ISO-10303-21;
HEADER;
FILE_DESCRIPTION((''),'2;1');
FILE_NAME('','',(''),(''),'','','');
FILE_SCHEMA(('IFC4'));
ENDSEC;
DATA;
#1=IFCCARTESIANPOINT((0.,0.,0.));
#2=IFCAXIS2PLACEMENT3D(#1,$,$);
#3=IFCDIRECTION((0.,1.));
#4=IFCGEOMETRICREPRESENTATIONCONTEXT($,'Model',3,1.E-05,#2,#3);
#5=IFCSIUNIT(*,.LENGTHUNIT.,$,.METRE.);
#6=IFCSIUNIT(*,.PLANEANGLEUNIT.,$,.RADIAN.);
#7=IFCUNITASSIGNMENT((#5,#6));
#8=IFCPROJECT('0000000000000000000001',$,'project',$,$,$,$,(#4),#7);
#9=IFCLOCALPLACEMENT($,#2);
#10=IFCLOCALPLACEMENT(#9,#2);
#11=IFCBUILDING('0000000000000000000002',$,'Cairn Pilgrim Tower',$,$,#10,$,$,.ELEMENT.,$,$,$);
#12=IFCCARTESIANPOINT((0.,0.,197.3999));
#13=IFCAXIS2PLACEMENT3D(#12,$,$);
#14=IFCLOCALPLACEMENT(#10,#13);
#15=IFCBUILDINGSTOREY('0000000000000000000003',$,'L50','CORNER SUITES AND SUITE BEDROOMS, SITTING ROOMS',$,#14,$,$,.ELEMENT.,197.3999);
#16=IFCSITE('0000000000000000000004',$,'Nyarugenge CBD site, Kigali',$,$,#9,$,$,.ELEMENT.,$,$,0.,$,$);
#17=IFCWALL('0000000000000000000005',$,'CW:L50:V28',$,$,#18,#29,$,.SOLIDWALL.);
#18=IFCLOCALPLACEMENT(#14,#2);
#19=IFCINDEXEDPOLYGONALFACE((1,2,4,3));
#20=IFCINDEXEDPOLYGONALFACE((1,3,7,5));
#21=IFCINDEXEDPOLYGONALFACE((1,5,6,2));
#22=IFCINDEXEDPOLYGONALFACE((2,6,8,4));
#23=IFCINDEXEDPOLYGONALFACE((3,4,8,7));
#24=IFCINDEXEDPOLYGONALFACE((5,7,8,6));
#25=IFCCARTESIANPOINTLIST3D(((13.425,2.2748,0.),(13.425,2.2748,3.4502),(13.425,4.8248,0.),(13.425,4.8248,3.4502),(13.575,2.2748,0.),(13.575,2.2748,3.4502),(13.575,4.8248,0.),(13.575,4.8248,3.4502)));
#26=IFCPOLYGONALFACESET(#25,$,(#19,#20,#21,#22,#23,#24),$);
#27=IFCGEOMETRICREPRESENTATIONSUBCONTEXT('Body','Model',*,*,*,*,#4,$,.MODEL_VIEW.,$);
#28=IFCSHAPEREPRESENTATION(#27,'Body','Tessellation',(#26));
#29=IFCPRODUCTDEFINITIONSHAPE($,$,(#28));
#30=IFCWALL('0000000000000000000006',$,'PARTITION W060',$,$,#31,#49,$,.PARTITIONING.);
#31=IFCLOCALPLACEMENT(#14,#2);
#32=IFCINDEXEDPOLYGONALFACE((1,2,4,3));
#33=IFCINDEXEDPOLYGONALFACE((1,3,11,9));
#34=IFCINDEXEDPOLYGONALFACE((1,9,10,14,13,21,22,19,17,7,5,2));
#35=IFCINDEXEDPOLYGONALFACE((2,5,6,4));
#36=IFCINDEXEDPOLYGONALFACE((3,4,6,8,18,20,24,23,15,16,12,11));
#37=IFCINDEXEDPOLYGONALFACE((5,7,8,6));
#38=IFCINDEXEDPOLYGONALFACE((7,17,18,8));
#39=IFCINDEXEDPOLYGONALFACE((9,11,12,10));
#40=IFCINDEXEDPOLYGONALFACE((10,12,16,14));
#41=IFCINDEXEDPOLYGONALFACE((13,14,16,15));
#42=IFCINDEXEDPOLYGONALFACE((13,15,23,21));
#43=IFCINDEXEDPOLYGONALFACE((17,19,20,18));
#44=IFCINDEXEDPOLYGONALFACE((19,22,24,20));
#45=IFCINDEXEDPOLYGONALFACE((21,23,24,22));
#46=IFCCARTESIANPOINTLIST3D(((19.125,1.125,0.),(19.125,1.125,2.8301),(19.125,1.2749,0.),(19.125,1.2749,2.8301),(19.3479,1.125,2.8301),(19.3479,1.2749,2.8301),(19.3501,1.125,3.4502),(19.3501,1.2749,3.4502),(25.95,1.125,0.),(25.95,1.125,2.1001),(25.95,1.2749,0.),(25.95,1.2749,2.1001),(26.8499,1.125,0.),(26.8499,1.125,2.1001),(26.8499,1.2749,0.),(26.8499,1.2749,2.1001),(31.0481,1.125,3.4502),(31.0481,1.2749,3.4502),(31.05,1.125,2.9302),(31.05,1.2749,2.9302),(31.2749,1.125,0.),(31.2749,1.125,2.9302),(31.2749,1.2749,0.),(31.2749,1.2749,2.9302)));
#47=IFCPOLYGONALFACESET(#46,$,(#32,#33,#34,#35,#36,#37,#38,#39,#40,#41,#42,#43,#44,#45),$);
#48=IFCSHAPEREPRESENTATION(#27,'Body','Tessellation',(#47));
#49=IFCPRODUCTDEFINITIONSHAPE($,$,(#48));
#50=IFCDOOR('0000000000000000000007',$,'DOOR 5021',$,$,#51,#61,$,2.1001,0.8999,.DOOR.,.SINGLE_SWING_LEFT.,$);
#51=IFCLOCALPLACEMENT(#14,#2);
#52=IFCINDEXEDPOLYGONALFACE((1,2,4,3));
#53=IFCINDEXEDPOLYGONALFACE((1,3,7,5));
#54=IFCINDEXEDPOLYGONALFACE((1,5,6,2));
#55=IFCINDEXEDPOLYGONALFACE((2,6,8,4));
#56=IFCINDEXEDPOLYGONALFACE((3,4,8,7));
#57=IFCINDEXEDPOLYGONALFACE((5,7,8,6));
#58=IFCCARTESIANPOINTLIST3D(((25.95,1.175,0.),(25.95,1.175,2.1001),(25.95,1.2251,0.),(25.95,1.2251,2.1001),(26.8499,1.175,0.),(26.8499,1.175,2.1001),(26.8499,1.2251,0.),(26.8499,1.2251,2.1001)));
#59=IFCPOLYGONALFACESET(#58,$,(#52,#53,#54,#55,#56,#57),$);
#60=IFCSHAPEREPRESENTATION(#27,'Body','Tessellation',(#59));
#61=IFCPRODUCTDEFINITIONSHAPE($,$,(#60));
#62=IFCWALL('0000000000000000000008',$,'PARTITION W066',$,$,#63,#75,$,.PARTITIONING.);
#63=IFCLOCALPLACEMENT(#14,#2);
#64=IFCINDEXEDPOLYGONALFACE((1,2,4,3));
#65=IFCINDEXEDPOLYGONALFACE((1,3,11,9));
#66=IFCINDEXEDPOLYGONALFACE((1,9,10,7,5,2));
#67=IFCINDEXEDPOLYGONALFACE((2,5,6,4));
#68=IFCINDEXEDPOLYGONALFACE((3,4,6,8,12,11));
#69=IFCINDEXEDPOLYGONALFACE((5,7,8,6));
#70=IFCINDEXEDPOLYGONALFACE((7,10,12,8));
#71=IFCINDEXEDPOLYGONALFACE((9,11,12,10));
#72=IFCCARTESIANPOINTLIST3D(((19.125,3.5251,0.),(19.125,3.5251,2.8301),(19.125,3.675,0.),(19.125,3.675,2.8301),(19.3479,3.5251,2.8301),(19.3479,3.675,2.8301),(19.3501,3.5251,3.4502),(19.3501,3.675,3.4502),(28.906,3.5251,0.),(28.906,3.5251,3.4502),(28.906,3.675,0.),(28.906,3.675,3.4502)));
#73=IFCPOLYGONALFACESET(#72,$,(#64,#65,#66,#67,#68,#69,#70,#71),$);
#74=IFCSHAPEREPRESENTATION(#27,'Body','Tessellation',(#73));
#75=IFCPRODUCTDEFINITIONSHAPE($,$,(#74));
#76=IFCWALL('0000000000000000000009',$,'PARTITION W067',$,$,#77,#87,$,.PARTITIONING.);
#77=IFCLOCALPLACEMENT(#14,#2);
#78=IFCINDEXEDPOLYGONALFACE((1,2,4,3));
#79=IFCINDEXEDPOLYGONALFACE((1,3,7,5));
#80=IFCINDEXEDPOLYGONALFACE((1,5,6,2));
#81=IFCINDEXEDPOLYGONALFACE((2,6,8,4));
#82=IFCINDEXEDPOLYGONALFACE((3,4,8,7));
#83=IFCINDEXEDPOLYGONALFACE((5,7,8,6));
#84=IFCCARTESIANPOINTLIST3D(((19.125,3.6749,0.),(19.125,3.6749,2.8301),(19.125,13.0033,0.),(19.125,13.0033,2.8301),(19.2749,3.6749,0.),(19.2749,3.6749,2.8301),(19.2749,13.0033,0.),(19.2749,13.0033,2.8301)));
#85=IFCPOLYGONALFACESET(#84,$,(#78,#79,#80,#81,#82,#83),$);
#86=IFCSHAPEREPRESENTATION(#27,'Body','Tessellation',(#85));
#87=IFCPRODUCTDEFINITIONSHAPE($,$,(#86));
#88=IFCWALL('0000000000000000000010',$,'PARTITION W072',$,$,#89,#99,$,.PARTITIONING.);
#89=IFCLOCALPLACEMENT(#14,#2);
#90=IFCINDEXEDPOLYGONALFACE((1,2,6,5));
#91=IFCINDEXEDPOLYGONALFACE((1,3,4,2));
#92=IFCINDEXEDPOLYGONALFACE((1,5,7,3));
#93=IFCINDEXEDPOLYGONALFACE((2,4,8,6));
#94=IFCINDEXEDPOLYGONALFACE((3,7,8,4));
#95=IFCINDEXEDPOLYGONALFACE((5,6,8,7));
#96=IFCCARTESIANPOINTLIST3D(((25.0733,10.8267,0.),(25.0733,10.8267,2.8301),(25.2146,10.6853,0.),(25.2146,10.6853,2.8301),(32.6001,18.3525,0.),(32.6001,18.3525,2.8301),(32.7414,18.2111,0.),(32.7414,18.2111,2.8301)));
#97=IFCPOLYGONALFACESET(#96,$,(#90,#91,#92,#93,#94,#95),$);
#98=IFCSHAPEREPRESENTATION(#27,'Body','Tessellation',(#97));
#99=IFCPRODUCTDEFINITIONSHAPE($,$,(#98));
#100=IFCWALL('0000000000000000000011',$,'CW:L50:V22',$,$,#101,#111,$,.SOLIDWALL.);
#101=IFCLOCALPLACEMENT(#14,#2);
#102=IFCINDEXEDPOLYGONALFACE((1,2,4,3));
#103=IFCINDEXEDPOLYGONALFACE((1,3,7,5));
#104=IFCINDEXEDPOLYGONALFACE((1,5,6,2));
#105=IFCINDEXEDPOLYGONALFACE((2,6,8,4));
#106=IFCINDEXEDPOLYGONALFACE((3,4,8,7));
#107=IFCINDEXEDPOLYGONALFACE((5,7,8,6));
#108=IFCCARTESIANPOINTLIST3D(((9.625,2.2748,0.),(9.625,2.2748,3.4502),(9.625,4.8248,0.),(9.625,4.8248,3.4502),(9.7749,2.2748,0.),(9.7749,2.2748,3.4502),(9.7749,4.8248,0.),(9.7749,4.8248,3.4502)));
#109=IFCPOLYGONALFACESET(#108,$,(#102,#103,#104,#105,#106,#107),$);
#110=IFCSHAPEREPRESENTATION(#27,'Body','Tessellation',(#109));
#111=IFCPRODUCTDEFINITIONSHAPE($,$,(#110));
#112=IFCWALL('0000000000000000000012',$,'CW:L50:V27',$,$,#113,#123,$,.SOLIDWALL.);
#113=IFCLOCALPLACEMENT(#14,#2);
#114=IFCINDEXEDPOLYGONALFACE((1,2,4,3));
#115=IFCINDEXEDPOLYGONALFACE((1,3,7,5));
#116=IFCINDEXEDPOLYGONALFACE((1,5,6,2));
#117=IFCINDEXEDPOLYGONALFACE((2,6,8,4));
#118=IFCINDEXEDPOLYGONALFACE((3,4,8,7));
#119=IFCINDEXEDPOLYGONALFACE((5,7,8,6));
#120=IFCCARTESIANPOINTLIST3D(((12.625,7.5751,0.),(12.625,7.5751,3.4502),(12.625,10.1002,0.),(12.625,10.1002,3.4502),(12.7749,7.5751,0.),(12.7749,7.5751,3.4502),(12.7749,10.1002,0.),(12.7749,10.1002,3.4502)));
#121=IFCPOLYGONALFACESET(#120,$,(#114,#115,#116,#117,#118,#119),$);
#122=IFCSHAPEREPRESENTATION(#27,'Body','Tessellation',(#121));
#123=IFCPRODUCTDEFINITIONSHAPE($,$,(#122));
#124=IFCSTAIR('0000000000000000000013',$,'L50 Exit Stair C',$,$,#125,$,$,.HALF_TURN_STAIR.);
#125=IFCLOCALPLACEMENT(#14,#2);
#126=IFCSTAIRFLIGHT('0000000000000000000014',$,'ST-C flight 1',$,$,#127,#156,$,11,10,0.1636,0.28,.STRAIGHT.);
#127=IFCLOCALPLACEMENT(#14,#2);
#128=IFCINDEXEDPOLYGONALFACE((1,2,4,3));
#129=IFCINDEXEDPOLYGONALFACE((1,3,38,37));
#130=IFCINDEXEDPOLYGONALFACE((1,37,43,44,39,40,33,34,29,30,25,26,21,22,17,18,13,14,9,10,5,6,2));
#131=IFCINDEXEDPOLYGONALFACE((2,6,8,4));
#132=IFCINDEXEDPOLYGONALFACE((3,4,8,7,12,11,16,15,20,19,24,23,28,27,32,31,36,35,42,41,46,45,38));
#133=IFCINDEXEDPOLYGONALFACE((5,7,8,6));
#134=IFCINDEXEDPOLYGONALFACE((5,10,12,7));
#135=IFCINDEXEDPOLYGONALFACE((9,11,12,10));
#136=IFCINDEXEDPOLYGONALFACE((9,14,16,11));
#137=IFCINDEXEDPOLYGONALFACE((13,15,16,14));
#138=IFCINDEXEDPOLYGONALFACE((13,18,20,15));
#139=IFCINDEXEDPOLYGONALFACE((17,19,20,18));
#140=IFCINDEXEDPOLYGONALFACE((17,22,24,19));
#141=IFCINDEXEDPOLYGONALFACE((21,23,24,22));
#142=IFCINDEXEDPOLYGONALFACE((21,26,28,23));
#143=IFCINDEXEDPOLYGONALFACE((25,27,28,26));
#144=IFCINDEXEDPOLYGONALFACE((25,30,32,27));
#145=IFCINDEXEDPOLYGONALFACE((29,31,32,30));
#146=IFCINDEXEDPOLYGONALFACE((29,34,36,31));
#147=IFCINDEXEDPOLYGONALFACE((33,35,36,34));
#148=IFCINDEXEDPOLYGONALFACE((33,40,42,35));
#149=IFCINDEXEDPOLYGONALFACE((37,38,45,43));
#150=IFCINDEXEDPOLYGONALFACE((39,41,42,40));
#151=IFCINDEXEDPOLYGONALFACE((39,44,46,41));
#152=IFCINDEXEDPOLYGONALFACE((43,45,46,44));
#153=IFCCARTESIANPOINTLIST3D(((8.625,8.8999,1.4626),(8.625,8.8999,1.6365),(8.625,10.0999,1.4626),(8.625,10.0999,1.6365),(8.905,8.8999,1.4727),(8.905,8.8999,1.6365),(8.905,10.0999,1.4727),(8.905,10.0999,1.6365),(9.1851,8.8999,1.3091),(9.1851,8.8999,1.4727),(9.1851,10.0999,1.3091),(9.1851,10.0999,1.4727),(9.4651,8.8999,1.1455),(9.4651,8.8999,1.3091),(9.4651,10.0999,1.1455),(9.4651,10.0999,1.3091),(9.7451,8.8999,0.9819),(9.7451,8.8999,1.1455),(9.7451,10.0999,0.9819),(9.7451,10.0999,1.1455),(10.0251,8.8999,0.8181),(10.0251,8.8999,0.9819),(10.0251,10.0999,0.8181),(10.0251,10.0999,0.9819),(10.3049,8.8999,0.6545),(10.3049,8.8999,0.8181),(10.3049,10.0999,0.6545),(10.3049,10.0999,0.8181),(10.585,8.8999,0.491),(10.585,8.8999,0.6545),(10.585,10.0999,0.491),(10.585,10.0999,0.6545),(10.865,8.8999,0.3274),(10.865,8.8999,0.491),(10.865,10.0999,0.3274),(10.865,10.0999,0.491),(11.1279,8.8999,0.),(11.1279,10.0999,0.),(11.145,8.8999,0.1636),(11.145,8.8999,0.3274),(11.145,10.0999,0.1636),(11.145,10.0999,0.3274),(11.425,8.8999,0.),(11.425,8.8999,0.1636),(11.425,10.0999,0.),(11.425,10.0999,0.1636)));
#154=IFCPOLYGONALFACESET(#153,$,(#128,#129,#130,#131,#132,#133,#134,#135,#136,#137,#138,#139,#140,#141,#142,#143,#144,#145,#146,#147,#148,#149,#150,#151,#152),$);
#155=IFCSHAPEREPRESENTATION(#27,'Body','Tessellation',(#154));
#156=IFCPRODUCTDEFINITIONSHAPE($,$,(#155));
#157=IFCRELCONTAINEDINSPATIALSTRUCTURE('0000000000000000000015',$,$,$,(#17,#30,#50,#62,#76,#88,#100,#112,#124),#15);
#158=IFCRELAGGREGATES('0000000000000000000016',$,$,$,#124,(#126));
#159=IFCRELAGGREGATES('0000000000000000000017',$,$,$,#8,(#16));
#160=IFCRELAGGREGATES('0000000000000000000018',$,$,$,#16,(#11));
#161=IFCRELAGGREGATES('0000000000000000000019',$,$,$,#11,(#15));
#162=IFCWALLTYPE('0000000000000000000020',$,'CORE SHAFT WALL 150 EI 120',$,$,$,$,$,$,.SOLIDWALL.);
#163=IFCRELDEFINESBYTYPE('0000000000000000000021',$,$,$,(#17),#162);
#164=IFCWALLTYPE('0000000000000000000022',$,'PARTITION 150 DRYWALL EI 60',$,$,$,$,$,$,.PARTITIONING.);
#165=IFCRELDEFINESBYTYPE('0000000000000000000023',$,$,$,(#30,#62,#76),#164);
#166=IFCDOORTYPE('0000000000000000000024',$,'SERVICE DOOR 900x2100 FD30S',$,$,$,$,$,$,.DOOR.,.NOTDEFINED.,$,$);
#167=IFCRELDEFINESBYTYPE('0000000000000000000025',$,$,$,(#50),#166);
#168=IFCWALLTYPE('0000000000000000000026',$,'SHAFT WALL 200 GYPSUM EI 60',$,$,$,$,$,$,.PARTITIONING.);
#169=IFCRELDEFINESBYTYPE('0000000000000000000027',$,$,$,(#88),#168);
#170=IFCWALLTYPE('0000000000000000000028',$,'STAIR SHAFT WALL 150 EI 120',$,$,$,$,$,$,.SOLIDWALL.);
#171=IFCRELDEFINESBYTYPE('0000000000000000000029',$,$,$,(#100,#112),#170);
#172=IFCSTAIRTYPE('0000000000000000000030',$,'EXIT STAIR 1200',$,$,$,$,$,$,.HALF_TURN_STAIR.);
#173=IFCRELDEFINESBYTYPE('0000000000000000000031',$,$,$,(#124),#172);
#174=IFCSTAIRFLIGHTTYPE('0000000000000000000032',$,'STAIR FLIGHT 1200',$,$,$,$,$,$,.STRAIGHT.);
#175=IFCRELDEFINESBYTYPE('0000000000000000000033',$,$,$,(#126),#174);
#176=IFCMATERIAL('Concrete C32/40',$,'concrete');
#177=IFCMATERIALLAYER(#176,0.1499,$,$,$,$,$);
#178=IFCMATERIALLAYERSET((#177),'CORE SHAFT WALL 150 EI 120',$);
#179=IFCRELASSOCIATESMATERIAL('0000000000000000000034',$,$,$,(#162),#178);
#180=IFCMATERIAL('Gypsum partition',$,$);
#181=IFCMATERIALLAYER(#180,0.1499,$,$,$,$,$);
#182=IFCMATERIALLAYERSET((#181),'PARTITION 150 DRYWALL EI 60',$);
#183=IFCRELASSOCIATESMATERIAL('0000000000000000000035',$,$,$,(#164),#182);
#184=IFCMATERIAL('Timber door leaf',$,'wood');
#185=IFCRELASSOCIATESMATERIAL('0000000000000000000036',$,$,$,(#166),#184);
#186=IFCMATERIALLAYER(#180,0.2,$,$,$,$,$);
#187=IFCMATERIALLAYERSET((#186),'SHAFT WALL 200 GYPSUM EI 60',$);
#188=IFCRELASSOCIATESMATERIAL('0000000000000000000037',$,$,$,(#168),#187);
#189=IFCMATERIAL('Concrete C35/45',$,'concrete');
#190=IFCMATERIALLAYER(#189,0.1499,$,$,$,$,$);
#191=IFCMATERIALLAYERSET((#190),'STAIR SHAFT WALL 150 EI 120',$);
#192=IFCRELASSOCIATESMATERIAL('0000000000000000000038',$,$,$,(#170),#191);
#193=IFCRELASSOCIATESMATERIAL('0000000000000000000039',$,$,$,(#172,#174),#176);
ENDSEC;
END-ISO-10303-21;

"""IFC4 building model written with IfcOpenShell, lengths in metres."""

from ifc_helpers import new_model, si_unit, direction, frame, frame_2d, origin, place, context, subcontext, project, spatial, polyline, rectangle, outline, extrude, material, layer, layer_set, type_object, element, fill, aggregate, save


model = new_model("IFC4")

# Units and contexts
model_context = context("Model", 3, precision=1e-05, world=origin(), true_north=direction((0.0, 1.0)))
body_context = subcontext(model_context, "Body", "Model", "MODEL_VIEW")
ifc_project = project(units=[si_unit("LENGTHUNIT", "METRE"), si_unit("PLANEANGLEUNIT", "RADIAN")], contexts=[model_context])

# Site, building, storey
site_placement = place(None, origin())
site = spatial("IfcSite", under=ifc_project, at=site_placement, Name="Nyarugenge CBD site, Kigali", CompositionType="ELEMENT", RefElevation=0.0)
building_placement = place(site_placement, origin())
building = spatial("IfcBuilding", under=site, at=building_placement, Name="Cairn Pilgrim Tower", CompositionType="ELEMENT")
storey_placement = place(building_placement, frame((0.0, 0.0, 197.3999)))
storey = spatial("IfcBuildingStorey", under=building, at=storey_placement, Name="L50", Description="CORNER SUITES AND SUITE BEDROOMS, SITTING ROOMS", CompositionType="ELEMENT", Elevation=197.3999)

# Shared definitions
ifc_material_1 = material(Name="Concrete C32/40", Category="concrete")

# Shared definitions
ifc_layer_1 = layer(ifc_material_1, 0.1499)
ifc_layer_set_1 = layer_set([ifc_layer_1], Name="CORE SHAFT WALL 150 EI 120")
wall_type_1 = type_object("IfcWallType", Name="CORE SHAFT WALL 150 EI 120", PredefinedType="SOLIDWALL", material=ifc_layer_set_1)

# Wall
for number, where, z_axis, x_axis, name in (
    (1, (13.5, 2.2749, 0.0), (0.0, 0.0, 1.0), (0.0, 1.0, 0.0), "CW:L50:V28"),
):
    element("IfcWall", number, at=place(storey_placement, frame(where, z_axis=z_axis, x_axis=x_axis)), inside=storey, type_object=wall_type_1, Name=name, PredefinedType="SOLIDWALL", context=body_context, shape_type="SweptSolid", body=[
        extrude(rectangle(XDim=2.55, YDim=0.1499, at=frame_2d((1.2749, 0.0))), origin(), (0.0, 0.0, 1.0), 3.4502),
    ])

# Wall, opening, door
ifc_material_2 = material(Name="Gypsum partition")
ifc_layer_2 = layer(ifc_material_2, 0.1499)
ifc_layer_set_2 = layer_set([ifc_layer_2], Name="PARTITION 150 DRYWALL EI 60")
wall_type_2 = type_object("IfcWallType", Name="PARTITION 150 DRYWALL EI 60", PredefinedType="PARTITIONING", material=ifc_layer_set_2)
wall_1_placement = place(storey_placement, frame((19.125, 1.2, 0.0), z_axis=(0.0, 0.0, 1.0), x_axis=(1.0, 0.0, 0.0)))
wall_1 = element("IfcWall", 2, at=wall_1_placement, inside=storey, type_object=wall_type_2, Name="PARTITION W060", PredefinedType="PARTITIONING", context=body_context, shape_type="SweptSolid", body=[
    extrude(outline(polyline([(0.0, 0.0), (12.1499, 0.0), (12.1499, 2.9302), (11.925, 2.9302), (11.9231, 3.4502), (0.2251, 3.4502), (0.2229, 2.8301), (0.0, 2.8301), (0.0, 0.0)])), frame((0.0, 0.075, 0.0), z_axis=(0.0, -1.0, 0.0), x_axis=(1.0, 0.0, 0.0)), (0.0, 0.0, 1.0), 0.1499),
])
opening_1_placement = place(wall_1_placement, frame((6.825, 0.0, 0.0)))
opening_1 = element("IfcOpeningElement", 3, at=opening_1_placement, cuts=wall_1, PredefinedType="OPENING", context=body_context, shape_type="SweptSolid", body=[
    extrude(rectangle(XDim=0.8999, YDim=2.1001, at=frame_2d((0.45, 1.05))), frame((0.0, 0.085, 0.0), z_axis=(0.0, -1.0, 0.0), x_axis=(1.0, 0.0, 0.0)), (0.0, 0.0, 1.0), 0.1699),
])
ifc_material_3 = material(Name="Timber door leaf", Category="wood")
door_type_1 = type_object("IfcDoorType", Name="SERVICE DOOR 900x2100 FD30S", OperationType="NOTDEFINED", PredefinedType="DOOR", material=ifc_material_3)
door_1_placement = place(opening_1_placement, frame((0.8999, 0.0, 0.0), z_axis=(0.0, 0.0, 1.0), x_axis=(-1.0, 0.0, 0.0)))
door_1 = element("IfcDoor", 4, at=door_1_placement, inside=storey, type_object=door_type_1, Name="DOOR 5021", OperationType="SINGLE_SWING_LEFT", OverallHeight=2.1001, OverallWidth=0.8999, PredefinedType="DOOR", context=body_context, shape_type="SweptSolid", body=[
    extrude(rectangle(XDim=0.8999, YDim=2.1001, at=frame_2d((0.45, 1.05))), frame((0.0, 0.0249, 0.0), z_axis=(0.0, -1.0, 0.0), x_axis=(1.0, 0.0, 0.0)), (0.0, 0.0, 1.0), 0.05),
])
fill(opening_1, door_1)

# Walls
wall_2_placement = place(storey_placement, frame((19.125, 3.6001, 0.0), z_axis=(0.0, 0.0, 1.0), x_axis=(1.0, 0.0, 0.0)))
element("IfcWall", 5, at=wall_2_placement, inside=storey, type_object=wall_type_2, Name="PARTITION W066", PredefinedType="PARTITIONING", context=body_context, shape_type="SweptSolid", body=[
    extrude(outline(polyline([(0.0, 0.0), (9.781, 0.0), (9.781, 3.4502), (0.2251, 3.4502), (0.2229, 2.8301), (0.0, 2.8301), (0.0, 0.0)])), frame((0.0, 0.075, 0.0), z_axis=(0.0, -1.0, 0.0), x_axis=(1.0, 0.0, 0.0)), (0.0, 0.0, 1.0), 0.1499),
])
wall_3_placement = place(storey_placement, frame((19.2, 3.675, 0.0), z_axis=(0.0, 0.0, 1.0), x_axis=(0.0, 1.0, 0.0)))
element("IfcWall", 6, at=wall_3_placement, inside=storey, type_object=wall_type_2, Name="PARTITION W067", PredefinedType="PARTITIONING", context=body_context, shape_type="SweptSolid", body=[
    extrude(rectangle(XDim=9.3284, YDim=0.1499, at=frame_2d((4.6641, 0.0))), origin(), (0.0, 0.0, 1.0), 2.8301),
])
ifc_layer_3 = layer(ifc_material_2, 0.2)
ifc_layer_set_3 = layer_set([ifc_layer_3], Name="SHAFT WALL 200 GYPSUM EI 60")
wall_type_3 = type_object("IfcWallType", Name="SHAFT WALL 200 GYPSUM EI 60", PredefinedType="PARTITIONING", material=ifc_layer_set_3)
wall_4_placement = place(storey_placement, frame((25.144, 10.7561, 0.0), z_axis=(0.0, 0.0, 1.0), x_axis=(0.707153, 0.707061, 0.0)))
element("IfcWall", 7, at=wall_4_placement, inside=storey, type_object=wall_type_3, Name="PARTITION W072", PredefinedType="PARTITIONING", context=body_context, shape_type="SweptSolid", body=[
    extrude(rectangle(XDim=10.6438, YDim=0.2, at=frame_2d((5.3218, 0.0))), origin(), (0.0, 0.0, 1.0), 2.8301),
])
ifc_material_4 = material(Name="Concrete C35/45", Category="concrete")
ifc_layer_4 = layer(ifc_material_4, 0.1499)
ifc_layer_set_4 = layer_set([ifc_layer_4], Name="STAIR SHAFT WALL 150 EI 120")
wall_type_4 = type_object("IfcWallType", Name="STAIR SHAFT WALL 150 EI 120", PredefinedType="SOLIDWALL", material=ifc_layer_set_4)
wall_5_placement = place(storey_placement, frame((9.7, 2.2749, 0.0), z_axis=(0.0, 0.0, 1.0), x_axis=(0.0, 1.0, 0.0)))
element("IfcWall", 8, at=wall_5_placement, inside=storey, type_object=wall_type_4, Name="CW:L50:V22", PredefinedType="SOLIDWALL", context=body_context, shape_type="SweptSolid", body=[
    extrude(rectangle(XDim=2.55, YDim=0.1499, at=frame_2d((1.2749, 0.0))), origin(), (0.0, 0.0, 1.0), 3.4502),
])
wall_6_placement = place(storey_placement, frame((12.7, 7.575, 0.0), z_axis=(0.0, 0.0, 1.0), x_axis=(0.0, 1.0, 0.0)))
element("IfcWall", 9, at=wall_6_placement, inside=storey, type_object=wall_type_4, Name="CW:L50:V27", PredefinedType="SOLIDWALL", context=body_context, shape_type="SweptSolid", body=[
    extrude(rectangle(XDim=2.5251, YDim=0.1499, at=frame_2d((1.2627, 0.0))), origin(), (0.0, 0.0, 1.0), 3.4502),
])

# Stair, stair flight
stair_type = type_object("IfcStairType", Name="EXIT STAIR 1200", PredefinedType="HALF_TURN_STAIR", material=ifc_material_1)
stair_placement = place(storey_placement, origin())
stair = element("IfcStair", 10, at=stair_placement, inside=storey, type_object=stair_type, Name="L50 Exit Stair C", PredefinedType="HALF_TURN_STAIR")
stair_flight_type = type_object("IfcStairFlightType", Name="STAIR FLIGHT 1200", PredefinedType="STRAIGHT", material=ifc_material_1)
stair_flight_placement = place(storey_placement, frame((11.425, 9.5, 0.0), z_axis=(0.0, 0.0, 1.0), x_axis=(-1.0, 0.0, 0.0)))
stair_flight = element("IfcStairFlight", 11, at=stair_flight_placement, type_object=stair_flight_type, Name="ST-C flight 1", NumberOfRisers=11, NumberOfTreads=10, PredefinedType="STRAIGHT", RiserHeight=0.1636, TreadLength=0.28, context=body_context, shape_type="SweptSolid", body=[
    extrude(outline(polyline([(0.0, 0.0), (0.0, 0.1636), (0.28, 0.1636), (0.28, 0.3274), (0.5601, 0.3274), (0.5601, 0.491), (0.8401, 0.491), (0.8401, 0.6545), (1.1201, 0.6545), (1.1201, 0.8181), (1.3999, 0.8181), (1.3999, 0.9819), (1.6799, 0.9819), (1.6799, 1.1455), (1.96, 1.1455), (1.96, 1.3091), (2.24, 1.3091), (2.24, 1.4727), (2.52, 1.4727), (2.52, 1.6365), (2.8, 1.6365), (2.8, 1.8), (2.8, 1.4626), (0.2971, 0.0), (0.0, 0.0)])), frame((0.0, 0.6001, 0.0), z_axis=(0.0, -1.0, 0.0), x_axis=(1.0, 0.0, 0.0)), (0.0, 0.0, 1.0), 1.2),
])
aggregate(stair, [stair_flight])

save(model, "model.ifc")
